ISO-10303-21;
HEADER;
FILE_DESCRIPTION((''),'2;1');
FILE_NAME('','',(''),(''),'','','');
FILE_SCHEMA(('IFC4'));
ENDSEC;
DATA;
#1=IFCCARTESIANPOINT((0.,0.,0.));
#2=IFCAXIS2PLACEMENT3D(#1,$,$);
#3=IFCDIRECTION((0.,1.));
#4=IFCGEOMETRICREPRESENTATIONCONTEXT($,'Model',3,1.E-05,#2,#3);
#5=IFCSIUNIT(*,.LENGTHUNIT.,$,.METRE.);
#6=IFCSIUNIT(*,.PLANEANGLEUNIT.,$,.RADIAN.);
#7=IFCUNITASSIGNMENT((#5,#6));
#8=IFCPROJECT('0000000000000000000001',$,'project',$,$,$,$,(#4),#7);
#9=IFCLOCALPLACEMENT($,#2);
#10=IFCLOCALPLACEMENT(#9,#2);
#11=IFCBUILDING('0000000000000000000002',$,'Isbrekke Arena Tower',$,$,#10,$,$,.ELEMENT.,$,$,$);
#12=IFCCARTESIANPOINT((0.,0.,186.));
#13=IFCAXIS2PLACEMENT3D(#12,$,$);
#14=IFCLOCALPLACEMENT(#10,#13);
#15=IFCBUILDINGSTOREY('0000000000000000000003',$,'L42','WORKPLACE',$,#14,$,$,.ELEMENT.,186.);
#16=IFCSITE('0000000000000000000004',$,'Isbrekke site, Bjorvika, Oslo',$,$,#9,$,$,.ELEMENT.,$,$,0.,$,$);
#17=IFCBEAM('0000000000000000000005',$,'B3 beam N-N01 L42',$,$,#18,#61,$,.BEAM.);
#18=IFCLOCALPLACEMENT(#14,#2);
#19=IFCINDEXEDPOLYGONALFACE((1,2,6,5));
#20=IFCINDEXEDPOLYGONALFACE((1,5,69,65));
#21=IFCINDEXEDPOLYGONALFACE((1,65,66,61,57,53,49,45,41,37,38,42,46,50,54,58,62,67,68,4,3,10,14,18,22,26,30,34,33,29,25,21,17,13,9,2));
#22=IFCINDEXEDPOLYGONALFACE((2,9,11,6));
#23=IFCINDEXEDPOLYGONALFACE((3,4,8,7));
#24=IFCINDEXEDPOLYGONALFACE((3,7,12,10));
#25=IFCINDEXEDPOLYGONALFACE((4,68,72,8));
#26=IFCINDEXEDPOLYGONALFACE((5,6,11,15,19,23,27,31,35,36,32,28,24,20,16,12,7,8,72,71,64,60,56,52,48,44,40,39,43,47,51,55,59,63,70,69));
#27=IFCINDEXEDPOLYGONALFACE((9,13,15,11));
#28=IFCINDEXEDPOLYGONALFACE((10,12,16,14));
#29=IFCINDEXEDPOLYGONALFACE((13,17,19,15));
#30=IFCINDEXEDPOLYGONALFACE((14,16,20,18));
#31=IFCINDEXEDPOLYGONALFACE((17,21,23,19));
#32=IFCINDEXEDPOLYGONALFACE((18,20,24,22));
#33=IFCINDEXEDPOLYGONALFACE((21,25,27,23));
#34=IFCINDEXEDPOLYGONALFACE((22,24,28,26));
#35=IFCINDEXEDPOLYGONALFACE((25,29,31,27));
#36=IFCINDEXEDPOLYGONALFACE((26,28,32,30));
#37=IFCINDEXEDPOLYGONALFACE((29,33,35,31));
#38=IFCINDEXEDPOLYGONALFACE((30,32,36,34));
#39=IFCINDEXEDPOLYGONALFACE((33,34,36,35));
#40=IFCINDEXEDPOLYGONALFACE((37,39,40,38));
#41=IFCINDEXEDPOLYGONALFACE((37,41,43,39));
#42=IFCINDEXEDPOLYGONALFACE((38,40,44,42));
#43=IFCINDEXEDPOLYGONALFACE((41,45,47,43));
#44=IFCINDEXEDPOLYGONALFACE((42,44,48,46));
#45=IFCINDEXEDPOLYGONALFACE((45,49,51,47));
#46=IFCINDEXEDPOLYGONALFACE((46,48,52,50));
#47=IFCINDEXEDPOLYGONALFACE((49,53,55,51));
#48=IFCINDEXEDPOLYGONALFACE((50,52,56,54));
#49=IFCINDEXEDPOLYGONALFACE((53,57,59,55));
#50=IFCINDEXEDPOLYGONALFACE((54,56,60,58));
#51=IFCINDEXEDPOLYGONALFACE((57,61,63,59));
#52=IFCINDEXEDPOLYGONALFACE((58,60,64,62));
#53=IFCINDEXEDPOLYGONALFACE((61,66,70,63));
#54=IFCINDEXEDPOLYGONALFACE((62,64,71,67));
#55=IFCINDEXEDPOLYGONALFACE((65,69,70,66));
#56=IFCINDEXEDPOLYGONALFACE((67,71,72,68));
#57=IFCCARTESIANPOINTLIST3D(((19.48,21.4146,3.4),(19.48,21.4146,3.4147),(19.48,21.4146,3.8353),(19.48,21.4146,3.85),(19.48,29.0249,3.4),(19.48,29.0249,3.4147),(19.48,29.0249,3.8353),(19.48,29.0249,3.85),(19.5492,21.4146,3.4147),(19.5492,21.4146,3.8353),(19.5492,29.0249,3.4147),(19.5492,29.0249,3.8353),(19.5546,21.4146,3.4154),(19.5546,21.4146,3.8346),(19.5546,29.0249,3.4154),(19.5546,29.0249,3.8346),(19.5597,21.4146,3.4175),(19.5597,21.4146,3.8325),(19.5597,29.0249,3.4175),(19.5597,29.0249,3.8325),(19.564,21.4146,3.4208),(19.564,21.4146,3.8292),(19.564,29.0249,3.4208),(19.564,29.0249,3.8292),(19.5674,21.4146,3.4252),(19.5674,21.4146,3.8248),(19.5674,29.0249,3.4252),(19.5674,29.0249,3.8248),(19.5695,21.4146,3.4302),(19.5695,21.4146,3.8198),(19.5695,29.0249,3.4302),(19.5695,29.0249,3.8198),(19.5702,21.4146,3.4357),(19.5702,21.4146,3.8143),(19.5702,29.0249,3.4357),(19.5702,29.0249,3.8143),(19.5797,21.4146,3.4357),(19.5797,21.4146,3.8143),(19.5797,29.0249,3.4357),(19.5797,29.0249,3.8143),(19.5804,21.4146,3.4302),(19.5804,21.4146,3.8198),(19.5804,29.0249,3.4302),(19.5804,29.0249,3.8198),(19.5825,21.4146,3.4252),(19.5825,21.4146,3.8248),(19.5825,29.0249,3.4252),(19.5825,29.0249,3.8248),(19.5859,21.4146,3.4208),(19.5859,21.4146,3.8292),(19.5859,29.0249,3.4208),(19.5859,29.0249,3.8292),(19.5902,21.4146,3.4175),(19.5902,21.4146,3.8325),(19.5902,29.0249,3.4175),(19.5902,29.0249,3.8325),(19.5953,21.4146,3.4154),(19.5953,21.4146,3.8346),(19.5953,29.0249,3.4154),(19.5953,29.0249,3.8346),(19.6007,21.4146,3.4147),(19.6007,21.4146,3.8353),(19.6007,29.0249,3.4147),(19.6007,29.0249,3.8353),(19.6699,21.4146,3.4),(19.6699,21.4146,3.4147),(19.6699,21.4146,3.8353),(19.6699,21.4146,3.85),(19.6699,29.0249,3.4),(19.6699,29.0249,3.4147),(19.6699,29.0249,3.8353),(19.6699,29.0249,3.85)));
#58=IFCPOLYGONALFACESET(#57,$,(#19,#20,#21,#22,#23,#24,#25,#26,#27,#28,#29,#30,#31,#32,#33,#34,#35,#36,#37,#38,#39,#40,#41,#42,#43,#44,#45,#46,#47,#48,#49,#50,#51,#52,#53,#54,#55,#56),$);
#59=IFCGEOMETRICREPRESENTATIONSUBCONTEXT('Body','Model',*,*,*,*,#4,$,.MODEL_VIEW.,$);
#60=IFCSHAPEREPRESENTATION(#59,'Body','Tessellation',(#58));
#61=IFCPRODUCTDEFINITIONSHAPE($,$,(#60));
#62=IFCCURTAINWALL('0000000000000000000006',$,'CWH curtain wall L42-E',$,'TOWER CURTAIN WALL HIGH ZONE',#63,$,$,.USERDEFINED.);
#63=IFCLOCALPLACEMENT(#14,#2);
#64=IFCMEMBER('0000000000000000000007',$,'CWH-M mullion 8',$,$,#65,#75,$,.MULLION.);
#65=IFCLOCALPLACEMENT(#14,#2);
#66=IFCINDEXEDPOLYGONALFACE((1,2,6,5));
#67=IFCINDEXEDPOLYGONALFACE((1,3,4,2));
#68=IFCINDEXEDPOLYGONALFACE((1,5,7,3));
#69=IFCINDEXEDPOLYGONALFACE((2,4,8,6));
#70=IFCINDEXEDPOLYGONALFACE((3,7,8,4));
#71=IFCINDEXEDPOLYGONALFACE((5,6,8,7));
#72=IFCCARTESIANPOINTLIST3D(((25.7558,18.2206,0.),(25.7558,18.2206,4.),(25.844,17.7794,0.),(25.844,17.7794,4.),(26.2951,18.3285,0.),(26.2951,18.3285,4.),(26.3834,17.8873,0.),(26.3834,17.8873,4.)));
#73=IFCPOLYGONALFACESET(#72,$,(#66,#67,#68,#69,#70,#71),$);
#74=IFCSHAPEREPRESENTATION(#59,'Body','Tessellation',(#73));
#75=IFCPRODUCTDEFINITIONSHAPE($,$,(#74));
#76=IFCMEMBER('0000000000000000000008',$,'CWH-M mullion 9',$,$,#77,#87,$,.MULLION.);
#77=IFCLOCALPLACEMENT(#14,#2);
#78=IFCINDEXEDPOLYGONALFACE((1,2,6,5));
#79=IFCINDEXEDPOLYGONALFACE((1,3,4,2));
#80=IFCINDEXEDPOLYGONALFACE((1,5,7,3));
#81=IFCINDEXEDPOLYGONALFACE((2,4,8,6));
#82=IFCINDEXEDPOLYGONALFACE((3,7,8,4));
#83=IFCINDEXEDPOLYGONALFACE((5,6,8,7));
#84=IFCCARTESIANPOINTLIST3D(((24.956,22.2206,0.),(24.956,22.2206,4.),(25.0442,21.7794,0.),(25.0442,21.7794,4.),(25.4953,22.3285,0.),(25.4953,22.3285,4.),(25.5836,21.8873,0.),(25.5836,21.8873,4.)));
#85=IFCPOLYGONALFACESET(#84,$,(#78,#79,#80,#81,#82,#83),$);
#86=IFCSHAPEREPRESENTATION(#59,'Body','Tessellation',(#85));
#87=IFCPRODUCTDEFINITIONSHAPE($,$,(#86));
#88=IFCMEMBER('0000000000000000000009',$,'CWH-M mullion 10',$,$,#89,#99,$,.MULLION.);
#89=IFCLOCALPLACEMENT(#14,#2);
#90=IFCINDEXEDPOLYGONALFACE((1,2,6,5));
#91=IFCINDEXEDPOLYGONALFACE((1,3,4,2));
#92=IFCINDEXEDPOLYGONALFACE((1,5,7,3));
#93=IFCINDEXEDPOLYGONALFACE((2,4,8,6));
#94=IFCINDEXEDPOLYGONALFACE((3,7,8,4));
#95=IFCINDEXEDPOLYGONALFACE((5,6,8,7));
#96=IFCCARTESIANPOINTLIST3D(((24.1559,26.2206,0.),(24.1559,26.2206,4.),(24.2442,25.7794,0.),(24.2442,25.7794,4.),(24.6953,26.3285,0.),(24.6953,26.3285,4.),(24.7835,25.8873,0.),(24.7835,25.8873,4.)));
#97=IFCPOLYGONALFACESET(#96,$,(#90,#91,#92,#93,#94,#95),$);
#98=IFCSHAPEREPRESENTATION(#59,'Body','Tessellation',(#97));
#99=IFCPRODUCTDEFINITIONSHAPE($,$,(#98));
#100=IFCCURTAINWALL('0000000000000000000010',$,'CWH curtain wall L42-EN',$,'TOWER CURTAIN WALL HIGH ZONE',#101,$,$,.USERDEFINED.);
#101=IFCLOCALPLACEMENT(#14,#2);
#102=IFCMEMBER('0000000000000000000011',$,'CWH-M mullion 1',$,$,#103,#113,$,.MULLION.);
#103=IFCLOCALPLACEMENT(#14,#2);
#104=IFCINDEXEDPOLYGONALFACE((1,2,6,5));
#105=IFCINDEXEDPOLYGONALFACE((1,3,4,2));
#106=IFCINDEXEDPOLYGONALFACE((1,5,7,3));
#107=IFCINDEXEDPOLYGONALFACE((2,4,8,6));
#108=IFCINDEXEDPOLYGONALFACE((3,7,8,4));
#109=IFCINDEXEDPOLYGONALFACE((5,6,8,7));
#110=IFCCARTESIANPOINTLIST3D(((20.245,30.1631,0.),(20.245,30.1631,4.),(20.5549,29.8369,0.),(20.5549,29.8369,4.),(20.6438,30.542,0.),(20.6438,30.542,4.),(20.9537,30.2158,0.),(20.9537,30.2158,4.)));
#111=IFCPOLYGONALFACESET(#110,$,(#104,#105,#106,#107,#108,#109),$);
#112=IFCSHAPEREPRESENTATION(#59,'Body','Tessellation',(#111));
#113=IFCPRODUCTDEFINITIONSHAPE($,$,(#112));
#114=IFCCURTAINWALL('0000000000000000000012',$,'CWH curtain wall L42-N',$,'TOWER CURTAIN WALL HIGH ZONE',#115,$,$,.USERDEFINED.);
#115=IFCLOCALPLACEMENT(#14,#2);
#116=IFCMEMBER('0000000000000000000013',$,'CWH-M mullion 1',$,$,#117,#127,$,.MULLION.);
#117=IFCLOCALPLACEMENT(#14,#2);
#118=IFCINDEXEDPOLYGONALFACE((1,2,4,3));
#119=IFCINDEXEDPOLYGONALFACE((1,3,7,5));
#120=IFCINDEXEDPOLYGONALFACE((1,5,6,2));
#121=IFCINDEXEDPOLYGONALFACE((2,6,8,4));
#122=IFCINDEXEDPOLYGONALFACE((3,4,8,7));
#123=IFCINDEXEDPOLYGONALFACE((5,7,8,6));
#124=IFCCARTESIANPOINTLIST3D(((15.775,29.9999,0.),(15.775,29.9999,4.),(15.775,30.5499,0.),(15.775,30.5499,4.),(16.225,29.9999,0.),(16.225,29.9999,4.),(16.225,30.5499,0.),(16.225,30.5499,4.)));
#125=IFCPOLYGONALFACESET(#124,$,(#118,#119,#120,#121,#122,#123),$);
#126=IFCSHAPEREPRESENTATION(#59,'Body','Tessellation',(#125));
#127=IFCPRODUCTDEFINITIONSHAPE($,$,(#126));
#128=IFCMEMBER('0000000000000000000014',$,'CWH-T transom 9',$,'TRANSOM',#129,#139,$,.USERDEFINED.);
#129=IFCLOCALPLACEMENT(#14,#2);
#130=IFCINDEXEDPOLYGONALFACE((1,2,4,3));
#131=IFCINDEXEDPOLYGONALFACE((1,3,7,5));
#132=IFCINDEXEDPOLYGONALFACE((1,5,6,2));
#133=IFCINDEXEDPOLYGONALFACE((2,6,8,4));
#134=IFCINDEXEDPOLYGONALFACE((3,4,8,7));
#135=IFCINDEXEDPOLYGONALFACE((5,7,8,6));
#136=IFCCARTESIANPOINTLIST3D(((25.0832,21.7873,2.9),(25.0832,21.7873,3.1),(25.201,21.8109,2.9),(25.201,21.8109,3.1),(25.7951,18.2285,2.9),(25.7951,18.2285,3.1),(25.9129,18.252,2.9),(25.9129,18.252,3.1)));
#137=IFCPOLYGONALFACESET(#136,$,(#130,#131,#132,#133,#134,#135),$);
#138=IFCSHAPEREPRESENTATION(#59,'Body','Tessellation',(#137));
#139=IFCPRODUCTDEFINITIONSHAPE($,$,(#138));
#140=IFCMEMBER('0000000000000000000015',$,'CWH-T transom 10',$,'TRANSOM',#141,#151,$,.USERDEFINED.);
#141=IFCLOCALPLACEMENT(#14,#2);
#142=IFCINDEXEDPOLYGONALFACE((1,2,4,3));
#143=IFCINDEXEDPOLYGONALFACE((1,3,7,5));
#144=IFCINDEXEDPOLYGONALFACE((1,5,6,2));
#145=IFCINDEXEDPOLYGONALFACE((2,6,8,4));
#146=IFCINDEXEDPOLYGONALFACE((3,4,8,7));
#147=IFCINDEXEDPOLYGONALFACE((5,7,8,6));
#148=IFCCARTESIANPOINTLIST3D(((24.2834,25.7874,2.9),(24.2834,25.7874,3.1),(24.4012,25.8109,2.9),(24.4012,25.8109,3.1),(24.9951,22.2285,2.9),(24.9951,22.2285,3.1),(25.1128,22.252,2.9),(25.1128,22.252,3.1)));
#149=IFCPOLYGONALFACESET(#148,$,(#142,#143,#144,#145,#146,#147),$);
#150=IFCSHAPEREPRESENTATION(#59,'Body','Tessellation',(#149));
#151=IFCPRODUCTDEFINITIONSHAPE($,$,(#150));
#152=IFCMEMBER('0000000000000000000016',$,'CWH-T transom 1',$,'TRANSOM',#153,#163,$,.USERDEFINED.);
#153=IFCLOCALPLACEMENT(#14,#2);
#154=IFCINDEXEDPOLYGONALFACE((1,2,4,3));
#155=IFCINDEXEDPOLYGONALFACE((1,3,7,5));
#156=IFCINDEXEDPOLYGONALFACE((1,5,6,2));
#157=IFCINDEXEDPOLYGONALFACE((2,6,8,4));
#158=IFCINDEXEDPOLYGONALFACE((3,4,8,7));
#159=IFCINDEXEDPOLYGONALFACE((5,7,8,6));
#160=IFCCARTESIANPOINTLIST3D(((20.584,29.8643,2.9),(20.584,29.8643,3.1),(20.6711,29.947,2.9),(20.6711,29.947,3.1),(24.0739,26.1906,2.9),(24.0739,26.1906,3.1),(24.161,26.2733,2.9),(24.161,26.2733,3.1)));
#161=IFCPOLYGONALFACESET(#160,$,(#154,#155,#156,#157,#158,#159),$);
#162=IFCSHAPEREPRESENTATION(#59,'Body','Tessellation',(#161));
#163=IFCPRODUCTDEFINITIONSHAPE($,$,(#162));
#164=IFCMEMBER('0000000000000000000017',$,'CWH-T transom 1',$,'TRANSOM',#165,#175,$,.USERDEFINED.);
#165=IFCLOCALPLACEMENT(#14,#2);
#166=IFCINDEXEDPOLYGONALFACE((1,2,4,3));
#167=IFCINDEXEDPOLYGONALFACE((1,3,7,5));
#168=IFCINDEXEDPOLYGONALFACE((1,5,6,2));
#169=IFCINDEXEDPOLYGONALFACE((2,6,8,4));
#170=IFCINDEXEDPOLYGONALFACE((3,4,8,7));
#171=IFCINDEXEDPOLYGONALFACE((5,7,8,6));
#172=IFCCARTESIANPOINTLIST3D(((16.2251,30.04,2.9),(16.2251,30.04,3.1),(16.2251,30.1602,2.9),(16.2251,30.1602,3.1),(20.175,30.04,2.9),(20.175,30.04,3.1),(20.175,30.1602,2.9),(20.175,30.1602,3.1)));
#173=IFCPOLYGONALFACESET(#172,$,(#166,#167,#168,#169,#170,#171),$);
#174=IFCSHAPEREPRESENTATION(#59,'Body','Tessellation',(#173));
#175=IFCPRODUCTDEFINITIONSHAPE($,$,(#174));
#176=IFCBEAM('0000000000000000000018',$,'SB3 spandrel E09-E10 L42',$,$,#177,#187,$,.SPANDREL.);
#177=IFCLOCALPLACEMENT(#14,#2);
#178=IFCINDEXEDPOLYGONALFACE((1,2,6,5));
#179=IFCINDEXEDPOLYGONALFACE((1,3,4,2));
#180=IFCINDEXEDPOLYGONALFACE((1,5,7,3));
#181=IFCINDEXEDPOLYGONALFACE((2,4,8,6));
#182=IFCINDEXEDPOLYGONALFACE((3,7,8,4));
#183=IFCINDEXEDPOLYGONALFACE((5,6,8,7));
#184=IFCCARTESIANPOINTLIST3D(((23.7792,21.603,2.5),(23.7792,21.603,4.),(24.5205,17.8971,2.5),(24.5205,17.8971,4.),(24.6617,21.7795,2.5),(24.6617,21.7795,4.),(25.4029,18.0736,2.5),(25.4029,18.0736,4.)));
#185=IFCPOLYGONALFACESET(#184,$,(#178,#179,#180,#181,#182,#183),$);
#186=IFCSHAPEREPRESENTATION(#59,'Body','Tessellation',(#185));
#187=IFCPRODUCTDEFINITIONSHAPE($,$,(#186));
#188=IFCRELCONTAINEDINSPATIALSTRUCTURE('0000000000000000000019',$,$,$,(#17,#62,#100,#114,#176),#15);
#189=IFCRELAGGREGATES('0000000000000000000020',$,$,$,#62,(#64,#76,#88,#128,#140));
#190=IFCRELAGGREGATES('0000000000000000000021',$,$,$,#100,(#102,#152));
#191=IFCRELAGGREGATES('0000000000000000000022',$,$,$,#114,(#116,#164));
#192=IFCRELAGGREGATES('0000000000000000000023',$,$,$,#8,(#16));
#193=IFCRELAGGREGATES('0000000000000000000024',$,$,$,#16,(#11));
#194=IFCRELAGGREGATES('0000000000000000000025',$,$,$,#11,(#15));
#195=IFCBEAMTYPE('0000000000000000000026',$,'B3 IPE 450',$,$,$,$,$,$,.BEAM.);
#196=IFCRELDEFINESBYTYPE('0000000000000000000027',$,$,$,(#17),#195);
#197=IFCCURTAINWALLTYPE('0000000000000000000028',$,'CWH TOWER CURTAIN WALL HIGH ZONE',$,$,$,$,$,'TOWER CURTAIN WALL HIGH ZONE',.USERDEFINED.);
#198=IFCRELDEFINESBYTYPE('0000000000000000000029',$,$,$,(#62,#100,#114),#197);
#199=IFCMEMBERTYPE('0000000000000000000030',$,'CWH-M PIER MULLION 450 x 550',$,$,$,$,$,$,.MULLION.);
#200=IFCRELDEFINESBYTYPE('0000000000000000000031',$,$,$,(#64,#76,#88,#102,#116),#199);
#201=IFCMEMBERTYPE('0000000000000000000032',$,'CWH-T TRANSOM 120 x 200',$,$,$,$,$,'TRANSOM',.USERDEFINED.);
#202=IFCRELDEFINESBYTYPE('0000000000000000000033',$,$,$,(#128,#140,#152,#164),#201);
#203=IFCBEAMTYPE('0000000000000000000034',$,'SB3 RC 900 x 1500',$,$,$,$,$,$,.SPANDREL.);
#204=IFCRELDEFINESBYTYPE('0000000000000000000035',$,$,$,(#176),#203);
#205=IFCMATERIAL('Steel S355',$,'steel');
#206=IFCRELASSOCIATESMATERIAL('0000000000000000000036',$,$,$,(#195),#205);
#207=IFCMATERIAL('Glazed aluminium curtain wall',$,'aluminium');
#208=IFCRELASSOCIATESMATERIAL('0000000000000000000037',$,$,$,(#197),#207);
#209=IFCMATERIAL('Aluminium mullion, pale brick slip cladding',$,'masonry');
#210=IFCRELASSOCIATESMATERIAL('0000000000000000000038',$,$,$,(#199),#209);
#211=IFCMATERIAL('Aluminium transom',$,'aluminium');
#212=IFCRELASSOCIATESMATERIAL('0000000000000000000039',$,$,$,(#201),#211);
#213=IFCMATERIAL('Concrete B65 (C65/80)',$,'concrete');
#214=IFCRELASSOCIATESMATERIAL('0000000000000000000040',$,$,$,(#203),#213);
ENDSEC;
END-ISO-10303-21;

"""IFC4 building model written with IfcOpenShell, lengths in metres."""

from ifc_helpers import new_model, si_unit, direction, frame, origin, origin_2d, place, context, subcontext, project, spatial, rectangle, i_section, extrude, material, material_profile, profile_set, type_object, element, aggregate, save


model = new_model("IFC4")

# Units and contexts
model_context = context("Model", 3, precision=1e-05, world=origin(), true_north=direction((0.0, 1.0)))
body_context = subcontext(model_context, "Body", "Model", "MODEL_VIEW")
ifc_project = project(units=[si_unit("LENGTHUNIT", "METRE"), si_unit("PLANEANGLEUNIT", "RADIAN")], contexts=[model_context])

# Site, building, storey
site_placement = place(None, origin())
site = spatial("IfcSite", under=ifc_project, at=site_placement, Name="Isbrekke site, Bjorvika, Oslo", CompositionType="ELEMENT", RefElevation=0.0)
building_placement = place(site_placement, origin())
building = spatial("IfcBuilding", under=site, at=building_placement, Name="Isbrekke Arena Tower", CompositionType="ELEMENT")
storey_placement = place(building_placement, frame((0.0, 0.0, 186.0)))
storey = spatial("IfcBuildingStorey", under=building, at=storey_placement, Name="L42", Description="WORKPLACE", CompositionType="ELEMENT", Elevation=186.0)

# Beam
ifc_material_1 = material(Name="Steel S355", Category="steel")
ifc_material_profile_1 = material_profile(ifc_material_1, i_section(OverallWidth=0.1899, OverallDepth=0.45, WebThickness=0.0095, FlangeThickness=0.0146, FilletRadius=0.021, at=origin_2d()), Name="IPE 450")
ifc_profile_set_1 = profile_set([ifc_material_profile_1], Name="Steel S355")
beam_type_1 = type_object("IfcBeamType", Name="B3 IPE 450", PredefinedType="BEAM", material=ifc_profile_set_1)
beam_1_placement = place(storey_placement, frame((19.575, 29.0249, 3.625), z_axis=(0.0, -1.0, 0.0), x_axis=(1.0, 0.0, 0.0)))
element("IfcBeam", 1, at=beam_1_placement, inside=storey, type_object=beam_type_1, Name="B3 beam N-N01 L42", PredefinedType="BEAM", context=body_context, shape_type="SweptSolid", body=[
    extrude(i_section(OverallWidth=0.1899, OverallDepth=0.45, WebThickness=0.0095, FlangeThickness=0.0146, FilletRadius=0.021, at=origin_2d()), origin(), (0.0, 0.0, 1.0), 7.6104),
])

# Curtain wall, members
ifc_material_2 = material(Name="Glazed aluminium curtain wall", Category="aluminium")
curtain_wall_type = type_object("IfcCurtainWallType", Name="CWH TOWER CURTAIN WALL HIGH ZONE", ElementType="TOWER CURTAIN WALL HIGH ZONE", PredefinedType="USERDEFINED", material=ifc_material_2)
curtain_wall_1_placement = place(storey_placement, origin())
curtain_wall_1 = element("IfcCurtainWall", 2, at=curtain_wall_1_placement, inside=storey, type_object=curtain_wall_type, Name="CWH curtain wall L42-E", ObjectType="TOWER CURTAIN WALL HIGH ZONE", PredefinedType="USERDEFINED")
ifc_material_3 = material(Name="Aluminium mullion, pale brick slip cladding", Category="masonry")
ifc_material_profile_2 = material_profile(ifc_material_3, rectangle(XDim=0.45, YDim=0.55, at=origin_2d()), Name="PIER 450X550")
ifc_profile_set_2 = profile_set([ifc_material_profile_2], Name="Aluminium mullion, pale brick slip cladding")
member_type_1 = type_object("IfcMemberType", Name="CWH-M PIER MULLION 450 x 550", PredefinedType="MULLION", material=ifc_profile_set_2)
member_1_placement = place(storey_placement, frame((26.0696, 18.054, 0.0), z_axis=(0.0, 0.0, 1.0), x_axis=(-0.196116, 0.980581, 0.0)))
member_1 = element("IfcMember", 3, at=member_1_placement, type_object=member_type_1, Name="CWH-M mullion 8", PredefinedType="MULLION", context=body_context, shape_type="SweptSolid", body=[
    extrude(rectangle(XDim=0.45, YDim=0.55, at=origin_2d()), origin(), (0.0, 0.0, 1.0), 4.0),
])
member_2_placement = place(storey_placement, frame((25.2698, 22.054, 0.0), z_axis=(0.0, 0.0, 1.0), x_axis=(-0.196116, 0.980581, 0.0)))
member_2 = element("IfcMember", 4, at=member_2_placement, type_object=member_type_1, Name="CWH-M mullion 9", PredefinedType="MULLION", context=body_context, shape_type="SweptSolid", body=[
    extrude(rectangle(XDim=0.45, YDim=0.55, at=origin_2d()), origin(), (0.0, 0.0, 1.0), 4.0),
])
member_3_placement = place(storey_placement, frame((24.4697, 26.054, 0.0), z_axis=(0.0, 0.0, 1.0), x_axis=(-0.196116, 0.980581, 0.0)))
member_3 = element("IfcMember", 5, at=member_3_placement, type_object=member_type_1, Name="CWH-M mullion 10", PredefinedType="MULLION", context=body_context, shape_type="SweptSolid", body=[
    extrude(rectangle(XDim=0.45, YDim=0.55, at=origin_2d()), origin(), (0.0, 0.0, 1.0), 4.0),
])

# Curtain walls, members
curtain_wall_2_placement = place(storey_placement, origin())
curtain_wall_2 = element("IfcCurtainWall", 6, at=curtain_wall_2_placement, inside=storey, type_object=curtain_wall_type, Name="CWH curtain wall L42-EN", ObjectType="TOWER CURTAIN WALL HIGH ZONE", PredefinedType="USERDEFINED")
member_4_placement = place(storey_placement, frame((20.5994, 30.1895, 0.0), z_axis=(0.0, 0.0, 1.0), x_axis=(-0.688749, 0.724999, 0.0)))
member_4 = element("IfcMember", 7, at=member_4_placement, type_object=member_type_1, Name="CWH-M mullion 1", PredefinedType="MULLION", context=body_context, shape_type="SweptSolid", body=[
    extrude(rectangle(XDim=0.45, YDim=0.55, at=origin_2d()), origin(), (0.0, 0.0, 1.0), 4.0),
])
curtain_wall_3_placement = place(storey_placement, origin())
curtain_wall_3 = element("IfcCurtainWall", 8, at=curtain_wall_3_placement, inside=storey, type_object=curtain_wall_type, Name="CWH curtain wall L42-N", ObjectType="TOWER CURTAIN WALL HIGH ZONE", PredefinedType="USERDEFINED")
member_5_placement = place(storey_placement, frame((16.0, 30.2749, 0.0), z_axis=(0.0, 0.0, 1.0), x_axis=(-1.0, 0.0, 0.0)))
member_5 = element("IfcMember", 9, at=member_5_placement, type_object=member_type_1, Name="CWH-M mullion 1", PredefinedType="MULLION", context=body_context, shape_type="SweptSolid", body=[
    extrude(rectangle(XDim=0.45, YDim=0.55, at=origin_2d()), origin(), (0.0, 0.0, 1.0), 4.0),
])

# Members
ifc_material_4 = material(Name="Aluminium transom", Category="aluminium")
ifc_material_profile_3 = material_profile(ifc_material_4, rectangle(XDim=0.1201, YDim=0.2, at=origin_2d()), Name="TRANSOM 120X200")
ifc_profile_set_3 = profile_set([ifc_material_profile_3], Name="Aluminium transom")
member_type_2 = type_object("IfcMemberType", Name="CWH-T TRANSOM 120 x 200", ElementType="TRANSOM", PredefinedType="USERDEFINED", material=ifc_profile_set_3)
member_6_placement = place(storey_placement, frame((25.854, 18.2402, 3.0), z_axis=(-0.196155, 0.980573, 0.0), x_axis=(-0.980573, -0.196155, 0.0)))
member_6 = element("IfcMember", 10, at=member_6_placement, type_object=member_type_2, Name="CWH-T transom 9", ObjectType="TRANSOM", PredefinedType="USERDEFINED", context=body_context, shape_type="SweptSolid", body=[
    extrude(rectangle(XDim=0.1201, YDim=0.2, at=origin_2d()), origin(), (0.0, 0.0, 1.0), 3.6294),
])
member_7_placement = place(storey_placement, frame((25.054, 22.2402, 3.0), z_axis=(-0.19609, 0.980586, 0.0), x_axis=(-0.980586, -0.19609, 0.0)))
member_7 = element("IfcMember", 11, at=member_7_placement, type_object=member_type_2, Name="CWH-T transom 10", ObjectType="TRANSOM", PredefinedType="USERDEFINED", context=body_context, shape_type="SweptSolid", body=[
    extrude(rectangle(XDim=0.1201, YDim=0.2, at=origin_2d()), origin(), (0.0, 0.0, 1.0), 3.6294),
])
member_8_placement = place(storey_placement, frame((24.1174, 26.2319, 3.0), z_axis=(-0.688734, 0.725014, 0.0), x_axis=(-0.725014, -0.688734, 0.0)))
member_8 = element("IfcMember", 12, at=member_8_placement, type_object=member_type_2, Name="CWH-T transom 1", ObjectType="TRANSOM", PredefinedType="USERDEFINED", context=body_context, shape_type="SweptSolid", body=[
    extrude(rectangle(XDim=0.1201, YDim=0.2, at=origin_2d()), origin(), (0.0, 0.0, 1.0), 5.0671),
])
member_9_placement = place(storey_placement, frame((20.175, 30.1001, 3.0), z_axis=(-1.0, 0.0, 0.0), x_axis=(0.0, -1.0, 0.0)))
member_9 = element("IfcMember", 13, at=member_9_placement, type_object=member_type_2, Name="CWH-T transom 1", ObjectType="TRANSOM", PredefinedType="USERDEFINED", context=body_context, shape_type="SweptSolid", body=[
    extrude(rectangle(XDim=0.1201, YDim=0.2, at=origin_2d()), origin(), (0.0, 0.0, 1.0), 3.95),
])

# Beam
ifc_material_5 = material(Name="Concrete B65 (C65/80)", Category="concrete")
ifc_material_profile_4 = material_profile(ifc_material_5, rectangle(XDim=0.8999, YDim=1.5, at=origin_2d()), Name="RC 900x1500")
ifc_profile_set_4 = profile_set([ifc_material_profile_4], Name="Concrete B65 (C65/80)")
beam_type_2 = type_object("IfcBeamType", Name="SB3 RC 900 x 1500", PredefinedType="SPANDREL", material=ifc_profile_set_4)
beam_2_placement = place(storey_placement, frame((24.9617, 17.9854, 3.25), z_axis=(-0.196129, 0.980578, 0.0), x_axis=(-0.980578, -0.196129, 0.0)))
element("IfcBeam", 14, at=beam_2_placement, inside=storey, type_object=beam_type_2, Name="SB3 spandrel E09-E10 L42", PredefinedType="SPANDREL", context=body_context, shape_type="SweptSolid", body=[
    extrude(rectangle(XDim=0.8999, YDim=1.5, at=origin_2d()), origin(), (0.0, 0.0, 1.0), 3.7793),
])

aggregate(curtain_wall_1, [member_1, member_2, member_3, member_6, member_7])
aggregate(curtain_wall_2, [member_4, member_8])
aggregate(curtain_wall_3, [member_5, member_9])

save(model, "model.ifc")
